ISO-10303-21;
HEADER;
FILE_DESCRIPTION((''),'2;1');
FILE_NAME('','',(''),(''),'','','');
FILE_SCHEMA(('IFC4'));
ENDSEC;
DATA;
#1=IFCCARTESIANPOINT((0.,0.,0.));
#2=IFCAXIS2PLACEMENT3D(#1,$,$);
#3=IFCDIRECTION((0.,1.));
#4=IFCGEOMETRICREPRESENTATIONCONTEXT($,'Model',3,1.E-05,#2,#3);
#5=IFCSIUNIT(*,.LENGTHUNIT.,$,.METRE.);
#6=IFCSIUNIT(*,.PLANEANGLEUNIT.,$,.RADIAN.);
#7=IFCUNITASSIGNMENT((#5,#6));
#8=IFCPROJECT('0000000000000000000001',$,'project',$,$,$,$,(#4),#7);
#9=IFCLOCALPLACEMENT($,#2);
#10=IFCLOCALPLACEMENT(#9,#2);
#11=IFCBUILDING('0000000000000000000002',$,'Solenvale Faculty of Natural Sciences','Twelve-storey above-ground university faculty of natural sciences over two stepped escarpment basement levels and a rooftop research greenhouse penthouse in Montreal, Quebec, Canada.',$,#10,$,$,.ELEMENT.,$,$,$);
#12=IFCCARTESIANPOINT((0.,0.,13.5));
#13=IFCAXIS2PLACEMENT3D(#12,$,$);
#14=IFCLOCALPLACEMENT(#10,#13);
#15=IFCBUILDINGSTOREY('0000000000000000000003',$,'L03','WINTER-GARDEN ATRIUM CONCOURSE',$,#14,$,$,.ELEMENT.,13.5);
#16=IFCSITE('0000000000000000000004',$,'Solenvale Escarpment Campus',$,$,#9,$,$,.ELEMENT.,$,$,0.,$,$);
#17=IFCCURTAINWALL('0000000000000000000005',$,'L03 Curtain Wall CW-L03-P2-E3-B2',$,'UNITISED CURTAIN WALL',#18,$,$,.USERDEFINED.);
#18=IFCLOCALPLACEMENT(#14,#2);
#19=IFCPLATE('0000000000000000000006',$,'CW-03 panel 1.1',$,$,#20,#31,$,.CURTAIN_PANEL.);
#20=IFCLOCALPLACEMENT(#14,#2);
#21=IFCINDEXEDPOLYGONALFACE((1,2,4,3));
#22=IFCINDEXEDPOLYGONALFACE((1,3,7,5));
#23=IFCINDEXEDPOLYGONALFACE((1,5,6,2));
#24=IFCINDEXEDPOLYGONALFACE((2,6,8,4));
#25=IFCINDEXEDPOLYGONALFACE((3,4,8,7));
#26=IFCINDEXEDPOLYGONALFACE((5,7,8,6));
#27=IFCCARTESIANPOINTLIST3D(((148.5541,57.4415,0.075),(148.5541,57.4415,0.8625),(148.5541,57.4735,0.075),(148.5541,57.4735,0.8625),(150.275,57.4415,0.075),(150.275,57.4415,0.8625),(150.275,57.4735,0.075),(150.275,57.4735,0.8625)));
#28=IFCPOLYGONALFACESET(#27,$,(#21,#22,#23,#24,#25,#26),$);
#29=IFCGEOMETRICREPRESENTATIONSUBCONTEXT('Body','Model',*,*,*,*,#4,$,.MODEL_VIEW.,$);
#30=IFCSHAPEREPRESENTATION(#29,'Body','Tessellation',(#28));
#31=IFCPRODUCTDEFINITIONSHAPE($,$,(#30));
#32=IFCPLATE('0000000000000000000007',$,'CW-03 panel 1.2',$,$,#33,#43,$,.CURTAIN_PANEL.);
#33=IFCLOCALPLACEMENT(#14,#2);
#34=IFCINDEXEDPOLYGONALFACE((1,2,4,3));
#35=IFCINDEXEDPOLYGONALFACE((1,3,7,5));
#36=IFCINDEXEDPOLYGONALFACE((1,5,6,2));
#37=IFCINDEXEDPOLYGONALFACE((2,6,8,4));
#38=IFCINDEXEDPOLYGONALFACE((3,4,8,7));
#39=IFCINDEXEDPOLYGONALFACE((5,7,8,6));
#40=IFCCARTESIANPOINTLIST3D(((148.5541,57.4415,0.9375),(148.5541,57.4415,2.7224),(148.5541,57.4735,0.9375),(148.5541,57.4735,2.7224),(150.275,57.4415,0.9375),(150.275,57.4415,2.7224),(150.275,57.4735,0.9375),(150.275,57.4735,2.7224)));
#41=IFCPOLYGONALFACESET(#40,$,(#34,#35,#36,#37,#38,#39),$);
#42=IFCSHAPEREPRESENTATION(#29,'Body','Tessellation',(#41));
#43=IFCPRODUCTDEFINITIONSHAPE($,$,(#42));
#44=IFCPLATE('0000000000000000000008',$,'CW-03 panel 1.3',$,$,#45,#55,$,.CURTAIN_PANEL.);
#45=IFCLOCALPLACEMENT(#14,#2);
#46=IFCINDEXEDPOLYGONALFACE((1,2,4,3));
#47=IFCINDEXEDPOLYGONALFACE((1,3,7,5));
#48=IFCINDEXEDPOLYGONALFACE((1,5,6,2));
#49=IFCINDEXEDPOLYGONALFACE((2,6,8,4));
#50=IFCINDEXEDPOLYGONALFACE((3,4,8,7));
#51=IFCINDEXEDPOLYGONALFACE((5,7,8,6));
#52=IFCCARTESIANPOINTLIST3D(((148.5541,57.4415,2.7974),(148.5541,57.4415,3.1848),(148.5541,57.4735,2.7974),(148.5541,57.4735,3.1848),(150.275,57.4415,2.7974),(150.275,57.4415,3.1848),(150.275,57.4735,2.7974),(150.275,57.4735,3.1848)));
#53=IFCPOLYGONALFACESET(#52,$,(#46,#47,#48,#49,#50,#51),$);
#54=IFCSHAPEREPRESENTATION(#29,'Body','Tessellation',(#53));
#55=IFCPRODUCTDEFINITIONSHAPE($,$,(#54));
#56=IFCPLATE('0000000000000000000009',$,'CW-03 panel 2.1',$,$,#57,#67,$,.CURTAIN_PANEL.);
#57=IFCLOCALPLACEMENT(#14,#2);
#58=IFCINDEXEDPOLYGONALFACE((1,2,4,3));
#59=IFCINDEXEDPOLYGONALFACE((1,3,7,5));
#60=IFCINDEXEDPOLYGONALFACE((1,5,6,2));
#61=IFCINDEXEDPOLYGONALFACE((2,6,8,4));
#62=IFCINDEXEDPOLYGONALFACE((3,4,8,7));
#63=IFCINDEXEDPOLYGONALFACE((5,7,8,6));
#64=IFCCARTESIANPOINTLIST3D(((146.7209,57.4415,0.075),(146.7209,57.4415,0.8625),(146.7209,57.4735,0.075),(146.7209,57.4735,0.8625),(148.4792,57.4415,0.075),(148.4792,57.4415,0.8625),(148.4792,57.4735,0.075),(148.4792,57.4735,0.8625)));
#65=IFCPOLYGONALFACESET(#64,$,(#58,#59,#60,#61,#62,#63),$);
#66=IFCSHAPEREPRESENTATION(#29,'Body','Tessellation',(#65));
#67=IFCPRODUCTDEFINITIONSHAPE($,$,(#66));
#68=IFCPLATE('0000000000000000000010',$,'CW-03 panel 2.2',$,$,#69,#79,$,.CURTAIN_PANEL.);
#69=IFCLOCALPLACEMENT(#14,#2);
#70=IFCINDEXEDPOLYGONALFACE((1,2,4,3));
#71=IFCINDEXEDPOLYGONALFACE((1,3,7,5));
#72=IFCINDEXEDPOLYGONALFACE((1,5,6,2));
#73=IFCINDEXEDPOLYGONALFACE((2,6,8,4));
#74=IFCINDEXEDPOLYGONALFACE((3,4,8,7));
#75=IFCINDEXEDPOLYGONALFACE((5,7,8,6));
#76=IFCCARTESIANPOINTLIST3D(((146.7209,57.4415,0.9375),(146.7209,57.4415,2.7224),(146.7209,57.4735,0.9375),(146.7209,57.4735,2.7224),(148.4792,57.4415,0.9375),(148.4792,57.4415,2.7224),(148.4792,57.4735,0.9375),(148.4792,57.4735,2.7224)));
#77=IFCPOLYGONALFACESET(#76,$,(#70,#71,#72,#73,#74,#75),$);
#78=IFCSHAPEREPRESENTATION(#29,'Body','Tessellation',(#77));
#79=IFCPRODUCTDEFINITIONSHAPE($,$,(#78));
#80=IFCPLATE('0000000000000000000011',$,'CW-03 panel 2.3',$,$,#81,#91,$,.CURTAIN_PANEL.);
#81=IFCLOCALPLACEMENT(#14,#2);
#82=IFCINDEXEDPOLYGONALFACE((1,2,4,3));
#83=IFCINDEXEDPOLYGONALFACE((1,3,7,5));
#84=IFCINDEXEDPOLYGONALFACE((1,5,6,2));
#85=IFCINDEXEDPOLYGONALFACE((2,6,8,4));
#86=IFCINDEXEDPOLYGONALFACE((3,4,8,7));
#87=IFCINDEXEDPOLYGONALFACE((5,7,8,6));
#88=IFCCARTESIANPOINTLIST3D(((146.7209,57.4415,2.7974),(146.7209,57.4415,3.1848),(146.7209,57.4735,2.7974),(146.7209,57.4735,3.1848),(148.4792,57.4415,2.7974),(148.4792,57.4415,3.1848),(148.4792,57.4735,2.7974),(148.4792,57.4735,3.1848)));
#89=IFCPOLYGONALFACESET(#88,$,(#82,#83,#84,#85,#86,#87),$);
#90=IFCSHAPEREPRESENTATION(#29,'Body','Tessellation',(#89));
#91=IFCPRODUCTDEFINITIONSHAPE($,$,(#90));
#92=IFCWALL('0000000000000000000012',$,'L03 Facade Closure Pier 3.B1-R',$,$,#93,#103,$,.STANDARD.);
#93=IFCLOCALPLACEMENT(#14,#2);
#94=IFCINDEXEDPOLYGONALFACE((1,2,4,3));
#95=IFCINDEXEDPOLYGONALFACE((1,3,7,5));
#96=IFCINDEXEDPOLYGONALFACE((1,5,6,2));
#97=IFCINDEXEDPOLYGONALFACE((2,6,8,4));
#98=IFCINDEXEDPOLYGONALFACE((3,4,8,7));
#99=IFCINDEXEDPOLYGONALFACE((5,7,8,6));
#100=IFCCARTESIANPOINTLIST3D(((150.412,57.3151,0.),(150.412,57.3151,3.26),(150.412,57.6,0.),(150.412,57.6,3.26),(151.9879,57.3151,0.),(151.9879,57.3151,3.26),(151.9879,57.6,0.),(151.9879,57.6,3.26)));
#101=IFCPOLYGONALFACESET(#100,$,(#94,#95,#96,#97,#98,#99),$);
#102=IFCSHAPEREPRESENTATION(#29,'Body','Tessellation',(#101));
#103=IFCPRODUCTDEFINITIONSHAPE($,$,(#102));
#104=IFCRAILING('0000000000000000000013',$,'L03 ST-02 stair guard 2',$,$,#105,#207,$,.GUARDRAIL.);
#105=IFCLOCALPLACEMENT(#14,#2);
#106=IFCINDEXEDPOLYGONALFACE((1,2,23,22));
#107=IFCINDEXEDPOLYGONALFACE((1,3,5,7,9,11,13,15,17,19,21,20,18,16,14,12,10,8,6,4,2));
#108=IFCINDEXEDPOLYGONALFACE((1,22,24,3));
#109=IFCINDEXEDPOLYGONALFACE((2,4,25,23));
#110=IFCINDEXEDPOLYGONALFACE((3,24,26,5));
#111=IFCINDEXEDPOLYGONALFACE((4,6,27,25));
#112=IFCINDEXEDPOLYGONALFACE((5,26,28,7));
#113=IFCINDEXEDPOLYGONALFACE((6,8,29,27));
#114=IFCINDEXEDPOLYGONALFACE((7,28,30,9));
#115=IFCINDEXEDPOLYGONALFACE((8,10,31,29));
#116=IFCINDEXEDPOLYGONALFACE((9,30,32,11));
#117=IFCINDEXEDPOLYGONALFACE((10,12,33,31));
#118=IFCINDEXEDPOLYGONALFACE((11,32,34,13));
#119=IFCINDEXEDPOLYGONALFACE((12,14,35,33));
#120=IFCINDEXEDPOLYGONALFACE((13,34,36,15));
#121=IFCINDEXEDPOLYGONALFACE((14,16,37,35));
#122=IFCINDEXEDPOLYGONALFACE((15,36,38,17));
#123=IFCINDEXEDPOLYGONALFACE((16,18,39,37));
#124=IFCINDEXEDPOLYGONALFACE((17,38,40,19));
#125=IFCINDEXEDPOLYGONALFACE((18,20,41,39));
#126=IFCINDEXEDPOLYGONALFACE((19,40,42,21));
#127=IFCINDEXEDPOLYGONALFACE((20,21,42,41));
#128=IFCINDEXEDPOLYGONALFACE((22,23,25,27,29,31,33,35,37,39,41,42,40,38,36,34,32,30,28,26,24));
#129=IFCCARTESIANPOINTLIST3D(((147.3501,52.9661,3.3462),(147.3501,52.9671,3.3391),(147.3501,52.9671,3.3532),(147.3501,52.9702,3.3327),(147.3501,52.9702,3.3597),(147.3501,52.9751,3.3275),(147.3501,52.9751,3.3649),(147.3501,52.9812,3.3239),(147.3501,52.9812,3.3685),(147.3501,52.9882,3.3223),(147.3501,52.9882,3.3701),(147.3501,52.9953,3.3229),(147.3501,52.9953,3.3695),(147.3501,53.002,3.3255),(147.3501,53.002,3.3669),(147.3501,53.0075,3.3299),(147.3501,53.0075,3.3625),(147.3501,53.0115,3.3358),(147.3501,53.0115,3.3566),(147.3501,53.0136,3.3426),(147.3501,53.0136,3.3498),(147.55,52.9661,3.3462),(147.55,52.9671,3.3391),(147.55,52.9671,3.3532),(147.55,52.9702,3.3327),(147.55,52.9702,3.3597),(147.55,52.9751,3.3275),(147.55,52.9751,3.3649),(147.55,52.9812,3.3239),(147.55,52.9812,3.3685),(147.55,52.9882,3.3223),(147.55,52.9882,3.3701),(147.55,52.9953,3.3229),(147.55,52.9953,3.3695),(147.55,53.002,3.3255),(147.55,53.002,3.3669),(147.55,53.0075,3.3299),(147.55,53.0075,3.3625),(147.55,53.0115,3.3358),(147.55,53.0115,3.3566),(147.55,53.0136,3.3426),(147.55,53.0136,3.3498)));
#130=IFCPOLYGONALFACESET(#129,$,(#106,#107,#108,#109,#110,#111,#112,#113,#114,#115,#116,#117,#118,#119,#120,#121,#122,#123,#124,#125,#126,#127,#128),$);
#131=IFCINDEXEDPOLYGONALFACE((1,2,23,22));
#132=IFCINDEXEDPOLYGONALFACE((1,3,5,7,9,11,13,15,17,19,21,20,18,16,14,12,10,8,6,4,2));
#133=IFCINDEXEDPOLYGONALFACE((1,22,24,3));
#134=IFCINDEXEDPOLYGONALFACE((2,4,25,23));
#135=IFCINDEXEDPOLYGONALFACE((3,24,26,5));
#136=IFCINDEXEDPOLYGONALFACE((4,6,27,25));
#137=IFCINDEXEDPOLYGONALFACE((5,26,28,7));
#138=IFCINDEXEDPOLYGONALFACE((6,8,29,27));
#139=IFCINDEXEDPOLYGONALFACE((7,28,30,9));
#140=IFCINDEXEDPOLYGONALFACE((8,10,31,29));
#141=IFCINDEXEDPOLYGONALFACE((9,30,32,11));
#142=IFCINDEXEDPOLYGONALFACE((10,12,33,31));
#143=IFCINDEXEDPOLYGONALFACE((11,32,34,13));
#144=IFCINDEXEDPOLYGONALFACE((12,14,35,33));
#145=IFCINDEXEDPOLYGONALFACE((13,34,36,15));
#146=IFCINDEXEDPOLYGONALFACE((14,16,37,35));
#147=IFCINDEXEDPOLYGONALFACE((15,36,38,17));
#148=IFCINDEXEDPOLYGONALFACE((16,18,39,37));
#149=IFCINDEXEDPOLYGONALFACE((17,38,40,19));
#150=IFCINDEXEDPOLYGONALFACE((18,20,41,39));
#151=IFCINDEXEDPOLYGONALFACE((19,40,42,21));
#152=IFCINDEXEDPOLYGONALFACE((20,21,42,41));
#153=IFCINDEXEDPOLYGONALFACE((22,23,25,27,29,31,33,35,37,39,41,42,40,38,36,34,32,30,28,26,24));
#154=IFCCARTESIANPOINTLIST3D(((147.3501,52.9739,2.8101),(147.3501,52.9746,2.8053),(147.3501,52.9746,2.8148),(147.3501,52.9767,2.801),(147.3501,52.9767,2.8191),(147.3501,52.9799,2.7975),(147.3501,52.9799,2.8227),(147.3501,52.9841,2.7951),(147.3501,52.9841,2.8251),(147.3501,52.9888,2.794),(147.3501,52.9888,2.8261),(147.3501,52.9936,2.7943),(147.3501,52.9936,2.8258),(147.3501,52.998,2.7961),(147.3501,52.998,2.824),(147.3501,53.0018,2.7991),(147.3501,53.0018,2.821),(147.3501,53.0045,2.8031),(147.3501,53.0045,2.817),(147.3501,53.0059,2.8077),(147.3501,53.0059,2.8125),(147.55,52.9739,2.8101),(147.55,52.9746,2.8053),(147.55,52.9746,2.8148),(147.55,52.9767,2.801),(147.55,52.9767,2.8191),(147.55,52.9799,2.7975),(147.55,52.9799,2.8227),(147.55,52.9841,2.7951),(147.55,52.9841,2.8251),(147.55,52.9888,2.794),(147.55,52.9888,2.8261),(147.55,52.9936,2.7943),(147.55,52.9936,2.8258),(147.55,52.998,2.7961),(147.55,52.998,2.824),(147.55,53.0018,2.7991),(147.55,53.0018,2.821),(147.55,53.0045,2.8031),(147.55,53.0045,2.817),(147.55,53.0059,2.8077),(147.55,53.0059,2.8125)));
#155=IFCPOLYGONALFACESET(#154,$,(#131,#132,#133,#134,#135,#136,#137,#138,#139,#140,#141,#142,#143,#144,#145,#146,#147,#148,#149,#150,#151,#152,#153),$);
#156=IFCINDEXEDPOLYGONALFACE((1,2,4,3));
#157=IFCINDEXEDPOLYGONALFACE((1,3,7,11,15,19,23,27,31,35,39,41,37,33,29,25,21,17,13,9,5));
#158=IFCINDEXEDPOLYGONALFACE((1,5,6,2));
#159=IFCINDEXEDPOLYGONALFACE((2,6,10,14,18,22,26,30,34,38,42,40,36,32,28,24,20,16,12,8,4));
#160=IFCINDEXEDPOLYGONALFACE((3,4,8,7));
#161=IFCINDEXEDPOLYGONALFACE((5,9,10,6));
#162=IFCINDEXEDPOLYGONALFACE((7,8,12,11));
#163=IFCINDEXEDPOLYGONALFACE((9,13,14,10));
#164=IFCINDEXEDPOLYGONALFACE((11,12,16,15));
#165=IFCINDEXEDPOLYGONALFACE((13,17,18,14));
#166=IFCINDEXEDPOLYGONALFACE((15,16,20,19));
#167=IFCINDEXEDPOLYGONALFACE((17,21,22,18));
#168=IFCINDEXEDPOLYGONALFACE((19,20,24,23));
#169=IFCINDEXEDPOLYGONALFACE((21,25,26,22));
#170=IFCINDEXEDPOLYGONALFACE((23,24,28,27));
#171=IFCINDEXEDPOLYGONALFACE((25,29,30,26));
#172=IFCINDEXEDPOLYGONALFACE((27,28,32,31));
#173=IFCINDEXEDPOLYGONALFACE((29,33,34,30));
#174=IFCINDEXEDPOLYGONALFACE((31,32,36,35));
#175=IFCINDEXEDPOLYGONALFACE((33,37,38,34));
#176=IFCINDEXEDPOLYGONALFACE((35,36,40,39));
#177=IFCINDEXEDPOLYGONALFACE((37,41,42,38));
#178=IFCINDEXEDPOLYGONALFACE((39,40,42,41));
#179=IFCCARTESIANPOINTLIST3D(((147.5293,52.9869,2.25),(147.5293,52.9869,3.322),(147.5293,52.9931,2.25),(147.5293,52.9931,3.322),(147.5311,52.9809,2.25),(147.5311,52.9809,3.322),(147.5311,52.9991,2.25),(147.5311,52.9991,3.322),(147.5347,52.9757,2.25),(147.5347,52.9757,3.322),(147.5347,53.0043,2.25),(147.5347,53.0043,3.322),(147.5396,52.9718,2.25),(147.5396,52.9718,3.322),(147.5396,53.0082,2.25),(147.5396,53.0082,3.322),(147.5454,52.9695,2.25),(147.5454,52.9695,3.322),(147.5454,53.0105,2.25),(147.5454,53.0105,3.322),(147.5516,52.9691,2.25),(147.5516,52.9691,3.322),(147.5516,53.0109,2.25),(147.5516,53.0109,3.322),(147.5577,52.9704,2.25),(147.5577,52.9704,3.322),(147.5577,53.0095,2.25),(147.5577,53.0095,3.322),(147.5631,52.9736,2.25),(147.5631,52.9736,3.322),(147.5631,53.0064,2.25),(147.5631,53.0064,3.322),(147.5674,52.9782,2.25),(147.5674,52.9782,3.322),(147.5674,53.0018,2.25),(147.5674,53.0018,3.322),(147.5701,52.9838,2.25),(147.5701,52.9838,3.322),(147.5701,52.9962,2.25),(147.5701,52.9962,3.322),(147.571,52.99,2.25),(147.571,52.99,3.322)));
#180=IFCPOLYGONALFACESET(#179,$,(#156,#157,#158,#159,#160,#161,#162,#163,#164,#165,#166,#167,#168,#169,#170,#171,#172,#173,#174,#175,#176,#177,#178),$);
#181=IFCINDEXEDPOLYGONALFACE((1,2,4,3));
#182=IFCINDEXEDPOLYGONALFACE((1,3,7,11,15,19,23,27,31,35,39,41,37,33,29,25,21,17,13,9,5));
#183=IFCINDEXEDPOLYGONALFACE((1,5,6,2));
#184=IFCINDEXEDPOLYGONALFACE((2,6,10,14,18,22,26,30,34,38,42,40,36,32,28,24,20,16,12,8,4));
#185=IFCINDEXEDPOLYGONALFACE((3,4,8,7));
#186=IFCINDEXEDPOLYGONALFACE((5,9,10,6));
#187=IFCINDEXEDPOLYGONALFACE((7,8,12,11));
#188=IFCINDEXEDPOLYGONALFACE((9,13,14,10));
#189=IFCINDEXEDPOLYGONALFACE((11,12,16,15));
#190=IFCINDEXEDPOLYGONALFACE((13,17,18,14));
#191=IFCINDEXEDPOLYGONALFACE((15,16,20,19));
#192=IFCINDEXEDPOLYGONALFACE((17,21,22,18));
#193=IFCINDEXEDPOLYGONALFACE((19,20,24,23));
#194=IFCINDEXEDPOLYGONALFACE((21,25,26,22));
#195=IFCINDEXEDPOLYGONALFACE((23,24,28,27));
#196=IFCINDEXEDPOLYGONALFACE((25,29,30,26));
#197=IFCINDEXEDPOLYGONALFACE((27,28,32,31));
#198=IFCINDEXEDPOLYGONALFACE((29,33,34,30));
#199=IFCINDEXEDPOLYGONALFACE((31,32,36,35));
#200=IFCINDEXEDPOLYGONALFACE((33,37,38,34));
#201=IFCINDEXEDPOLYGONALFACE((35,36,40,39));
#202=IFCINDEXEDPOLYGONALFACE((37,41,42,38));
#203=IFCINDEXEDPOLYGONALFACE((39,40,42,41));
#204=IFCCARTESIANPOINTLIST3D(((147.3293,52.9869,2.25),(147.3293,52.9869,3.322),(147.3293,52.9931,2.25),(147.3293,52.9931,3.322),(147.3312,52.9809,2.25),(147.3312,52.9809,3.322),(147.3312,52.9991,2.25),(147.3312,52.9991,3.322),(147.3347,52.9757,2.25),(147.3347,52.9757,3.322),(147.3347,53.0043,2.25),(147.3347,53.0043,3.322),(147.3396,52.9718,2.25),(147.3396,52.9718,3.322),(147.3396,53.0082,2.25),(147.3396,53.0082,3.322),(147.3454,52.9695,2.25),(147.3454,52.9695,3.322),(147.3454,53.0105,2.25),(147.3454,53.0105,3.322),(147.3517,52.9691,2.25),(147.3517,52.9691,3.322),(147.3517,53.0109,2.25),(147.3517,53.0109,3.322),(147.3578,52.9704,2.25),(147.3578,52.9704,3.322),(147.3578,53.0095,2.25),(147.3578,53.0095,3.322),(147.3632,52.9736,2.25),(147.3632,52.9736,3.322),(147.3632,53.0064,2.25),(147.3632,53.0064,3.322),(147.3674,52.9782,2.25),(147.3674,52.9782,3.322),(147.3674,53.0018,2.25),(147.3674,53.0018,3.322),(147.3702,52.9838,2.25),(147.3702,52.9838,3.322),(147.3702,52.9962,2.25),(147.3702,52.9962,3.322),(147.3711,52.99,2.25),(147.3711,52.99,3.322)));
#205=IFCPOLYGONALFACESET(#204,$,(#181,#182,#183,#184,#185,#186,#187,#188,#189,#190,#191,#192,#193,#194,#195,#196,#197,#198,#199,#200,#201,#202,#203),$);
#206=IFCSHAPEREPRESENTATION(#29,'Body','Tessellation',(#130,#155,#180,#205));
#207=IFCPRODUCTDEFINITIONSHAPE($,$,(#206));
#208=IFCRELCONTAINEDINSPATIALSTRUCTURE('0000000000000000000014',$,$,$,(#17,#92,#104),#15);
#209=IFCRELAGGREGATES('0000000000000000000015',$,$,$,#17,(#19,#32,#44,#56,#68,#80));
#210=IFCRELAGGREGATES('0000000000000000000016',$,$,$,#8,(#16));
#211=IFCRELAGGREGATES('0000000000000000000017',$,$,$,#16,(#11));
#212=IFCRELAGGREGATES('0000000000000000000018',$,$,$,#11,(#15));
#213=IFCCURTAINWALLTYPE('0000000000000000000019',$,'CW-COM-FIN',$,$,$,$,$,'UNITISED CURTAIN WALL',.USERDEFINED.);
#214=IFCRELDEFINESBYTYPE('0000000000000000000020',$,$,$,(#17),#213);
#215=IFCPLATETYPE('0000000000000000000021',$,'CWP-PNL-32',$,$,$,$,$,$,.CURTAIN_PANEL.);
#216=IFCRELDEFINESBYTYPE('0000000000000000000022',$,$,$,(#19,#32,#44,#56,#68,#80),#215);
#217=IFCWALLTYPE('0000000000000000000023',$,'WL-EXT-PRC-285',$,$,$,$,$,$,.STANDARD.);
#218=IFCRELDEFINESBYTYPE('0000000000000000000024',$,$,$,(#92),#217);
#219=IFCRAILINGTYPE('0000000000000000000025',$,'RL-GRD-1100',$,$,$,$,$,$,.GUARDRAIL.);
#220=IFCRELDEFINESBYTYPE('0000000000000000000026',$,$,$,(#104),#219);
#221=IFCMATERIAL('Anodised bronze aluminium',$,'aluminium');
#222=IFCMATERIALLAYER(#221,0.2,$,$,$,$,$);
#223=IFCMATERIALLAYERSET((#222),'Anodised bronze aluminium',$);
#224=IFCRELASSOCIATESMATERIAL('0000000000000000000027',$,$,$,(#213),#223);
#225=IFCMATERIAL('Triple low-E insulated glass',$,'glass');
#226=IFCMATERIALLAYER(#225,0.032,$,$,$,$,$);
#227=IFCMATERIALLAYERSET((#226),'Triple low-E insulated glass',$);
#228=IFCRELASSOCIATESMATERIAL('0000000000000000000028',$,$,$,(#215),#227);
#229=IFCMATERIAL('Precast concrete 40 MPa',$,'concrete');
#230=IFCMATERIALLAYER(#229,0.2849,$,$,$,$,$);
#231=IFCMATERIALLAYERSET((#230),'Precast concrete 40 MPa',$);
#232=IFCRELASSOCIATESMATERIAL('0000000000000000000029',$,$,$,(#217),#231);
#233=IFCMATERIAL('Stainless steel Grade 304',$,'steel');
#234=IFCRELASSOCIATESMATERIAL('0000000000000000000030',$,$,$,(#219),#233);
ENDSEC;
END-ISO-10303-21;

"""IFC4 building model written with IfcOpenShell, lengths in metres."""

from ifc_helpers import new_model, si_unit, direction, frame, frame_2d, origin, origin_2d, place, context, subcontext, project, spatial, rectangle, circle, extrude, material, layer, layer_set, type_object, element, aggregate, save


model = new_model("IFC4")

# Units and contexts
model_context = context("Model", 3, precision=1e-05, world=origin(), true_north=direction((0.0, 1.0)))
body_context = subcontext(model_context, "Body", "Model", "MODEL_VIEW")
ifc_project = project(units=[si_unit("LENGTHUNIT", "METRE"), si_unit("PLANEANGLEUNIT", "RADIAN")], contexts=[model_context])

# Site, building, storey
site_placement = place(None, origin())
site = spatial("IfcSite", under=ifc_project, at=site_placement, Name="Solenvale Escarpment Campus", CompositionType="ELEMENT", RefElevation=0.0)
building_placement = place(site_placement, origin())
building = spatial("IfcBuilding", under=site, at=building_placement, Name="Solenvale Faculty of Natural Sciences", Description="Twelve-storey above-ground university faculty of natural sciences over two stepped escarpment basement levels and a rooftop research greenhouse penthouse in Montreal, Quebec, Canada.", CompositionType="ELEMENT")
storey_placement = place(building_placement, frame((0.0, 0.0, 13.5)))
storey = spatial("IfcBuildingStorey", under=building, at=storey_placement, Name="L03", Description="WINTER-GARDEN ATRIUM CONCOURSE", CompositionType="ELEMENT", Elevation=13.5)

# Shared definitions
ifc_material_1 = material(Name="Anodised bronze aluminium", Category="aluminium")
ifc_layer_1 = layer(ifc_material_1, 0.2)
ifc_layer_set_1 = layer_set([ifc_layer_1], Name="Anodised bronze aluminium")
curtain_wall_type = type_object("IfcCurtainWallType", Name="CW-COM-FIN", ElementType="UNITISED CURTAIN WALL", PredefinedType="USERDEFINED", material=ifc_layer_set_1)

# Curtain wall
curtain_wall_1_placement = place(storey_placement, origin())
curtain_wall_1 = element("IfcCurtainWall", 1, at=curtain_wall_1_placement, inside=storey, type_object=curtain_wall_type, Name="L03 Curtain Wall CW-L03-P2-E3-B2", ObjectType="UNITISED CURTAIN WALL", PredefinedType="USERDEFINED")

# Plates
ifc_material_2 = material(Name="Triple low-E insulated glass", Category="glass")
ifc_layer_2 = layer(ifc_material_2, 0.032)
ifc_layer_set_2 = layer_set([ifc_layer_2], Name="Triple low-E insulated glass")
plate_type_1 = type_object("IfcPlateType", Name="CWP-PNL-32", PredefinedType="CURTAIN_PANEL", material=ifc_layer_set_2)
plate_1_placement = place(storey_placement, frame((149.4146, 57.4575, 0.075), z_axis=(0.0, 0.0, 1.0), x_axis=(-1.0, 0.0, 0.0)))
plate_1 = element("IfcPlate", 2, at=plate_1_placement, type_object=plate_type_1, Name="CW-03 panel 1.1", PredefinedType="CURTAIN_PANEL", context=body_context, shape_type="SweptSolid", body=[
    extrude(rectangle(XDim=1.7209, YDim=0.032, at=origin_2d()), origin(), (0.0, 0.0, 1.0), 0.7876),
])
plate_2_placement = place(storey_placement, frame((149.4146, 57.4575, 0.9375), z_axis=(0.0, 0.0, 1.0), x_axis=(-1.0, 0.0, 0.0)))
plate_2 = element("IfcPlate", 3, at=plate_2_placement, type_object=plate_type_1, Name="CW-03 panel 1.2", PredefinedType="CURTAIN_PANEL", context=body_context, shape_type="SweptSolid", body=[
    extrude(rectangle(XDim=1.7209, YDim=0.032, at=origin_2d()), origin(), (0.0, 0.0, 1.0), 1.7849),
])
plate_3_placement = place(storey_placement, frame((149.4146, 57.4575, 2.7974), z_axis=(0.0, 0.0, 1.0), x_axis=(-1.0, 0.0, 0.0)))
plate_3 = element("IfcPlate", 4, at=plate_3_placement, type_object=plate_type_1, Name="CW-03 panel 1.3", PredefinedType="CURTAIN_PANEL", context=body_context, shape_type="SweptSolid", body=[
    extrude(rectangle(XDim=1.7209, YDim=0.032, at=origin_2d()), origin(), (0.0, 0.0, 1.0), 0.3875),
])
plate_4_placement = place(storey_placement, frame((147.6001, 57.4575, 0.075), z_axis=(0.0, 0.0, 1.0), x_axis=(-1.0, 0.0, 0.0)))
plate_4 = element("IfcPlate", 5, at=plate_4_placement, type_object=plate_type_1, Name="CW-03 panel 2.1", PredefinedType="CURTAIN_PANEL", context=body_context, shape_type="SweptSolid", body=[
    extrude(rectangle(XDim=1.7583, YDim=0.032, at=origin_2d()), origin(), (0.0, 0.0, 1.0), 0.7876),
])
plate_5_placement = place(storey_placement, frame((147.6001, 57.4575, 0.9375), z_axis=(0.0, 0.0, 1.0), x_axis=(-1.0, 0.0, 0.0)))
plate_5 = element("IfcPlate", 6, at=plate_5_placement, type_object=plate_type_1, Name="CW-03 panel 2.2", PredefinedType="CURTAIN_PANEL", context=body_context, shape_type="SweptSolid", body=[
    extrude(rectangle(XDim=1.7583, YDim=0.032, at=origin_2d()), origin(), (0.0, 0.0, 1.0), 1.7849),
])
plate_6_placement = place(storey_placement, frame((147.6001, 57.4575, 2.7974), z_axis=(0.0, 0.0, 1.0), x_axis=(-1.0, 0.0, 0.0)))
plate_6 = element("IfcPlate", 7, at=plate_6_placement, type_object=plate_type_1, Name="CW-03 panel 2.3", PredefinedType="CURTAIN_PANEL", context=body_context, shape_type="SweptSolid", body=[
    extrude(rectangle(XDim=1.7583, YDim=0.032, at=origin_2d()), origin(), (0.0, 0.0, 1.0), 0.3875),
])
aggregate(curtain_wall_1, [plate_1, plate_2, plate_3, plate_4, plate_5, plate_6])

# Wall
ifc_material_3 = material(Name="Precast concrete 40 MPa", Category="concrete")
ifc_layer_3 = layer(ifc_material_3, 0.2849)
ifc_layer_set_3 = layer_set([ifc_layer_3], Name="Precast concrete 40 MPa")
wall_type_1 = type_object("IfcWallType", Name="WL-EXT-PRC-285", PredefinedType="STANDARD", material=ifc_layer_set_3)
wall_1_placement = place(storey_placement, frame((151.988, 57.4575, 0.0), z_axis=(0.0, 0.0, 1.0), x_axis=(-1.0, 0.0, 0.0)))
element("IfcWall", 8, at=wall_1_placement, inside=storey, type_object=wall_type_1, Name="L03 Facade Closure Pier 3.B1-R", PredefinedType="STANDARD", context=body_context, shape_type="SweptSolid", body=[
    extrude(rectangle(XDim=1.5759, YDim=0.2849, at=frame_2d((0.7881, 0.0))), origin(), (0.0, 0.0, 1.0), 3.26),
])

# Shared definitions
ifc_material_4 = material(Name="Stainless steel Grade 304", Category="steel")

# Railing
railing_type = type_object("IfcRailingType", Name="RL-GRD-1100", PredefinedType="GUARDRAIL", material=ifc_material_4)
railing_1_placement = place(storey_placement, frame((147.55, 52.99, 2.25)))
element("IfcRailing", 9, at=railing_1_placement, inside=storey, type_object=railing_type, Name="L03 ST-02 stair guard 2", PredefinedType="GUARDRAIL", context=body_context, shape_type="SweptSolid", body=[
    extrude(circle(Radius=0.0239, at=origin_2d()), frame((0.0, 0.0, 1.0962), z_axis=(-1.0, 0.0, 0.0), x_axis=(0.0, -1.0, 0.0)), (0.0, 0.0, 1.0), 0.2),
    extrude(circle(Radius=0.0161, at=origin_2d()), frame((0.0, 0.0, 0.5601), z_axis=(-1.0, 0.0, 0.0), x_axis=(0.0, -1.0, 0.0)), (0.0, 0.0, 1.0), 0.2),
    extrude(circle(Radius=0.021, at=origin_2d()), origin(), (0.0, 0.0, 1.0), 1.072),
    extrude(circle(Radius=0.021, at=origin_2d()), frame((-0.2, 0.0, 0.0)), (0.0, 0.0, 1.0), 1.072),
])

save(model, "model.ifc")
